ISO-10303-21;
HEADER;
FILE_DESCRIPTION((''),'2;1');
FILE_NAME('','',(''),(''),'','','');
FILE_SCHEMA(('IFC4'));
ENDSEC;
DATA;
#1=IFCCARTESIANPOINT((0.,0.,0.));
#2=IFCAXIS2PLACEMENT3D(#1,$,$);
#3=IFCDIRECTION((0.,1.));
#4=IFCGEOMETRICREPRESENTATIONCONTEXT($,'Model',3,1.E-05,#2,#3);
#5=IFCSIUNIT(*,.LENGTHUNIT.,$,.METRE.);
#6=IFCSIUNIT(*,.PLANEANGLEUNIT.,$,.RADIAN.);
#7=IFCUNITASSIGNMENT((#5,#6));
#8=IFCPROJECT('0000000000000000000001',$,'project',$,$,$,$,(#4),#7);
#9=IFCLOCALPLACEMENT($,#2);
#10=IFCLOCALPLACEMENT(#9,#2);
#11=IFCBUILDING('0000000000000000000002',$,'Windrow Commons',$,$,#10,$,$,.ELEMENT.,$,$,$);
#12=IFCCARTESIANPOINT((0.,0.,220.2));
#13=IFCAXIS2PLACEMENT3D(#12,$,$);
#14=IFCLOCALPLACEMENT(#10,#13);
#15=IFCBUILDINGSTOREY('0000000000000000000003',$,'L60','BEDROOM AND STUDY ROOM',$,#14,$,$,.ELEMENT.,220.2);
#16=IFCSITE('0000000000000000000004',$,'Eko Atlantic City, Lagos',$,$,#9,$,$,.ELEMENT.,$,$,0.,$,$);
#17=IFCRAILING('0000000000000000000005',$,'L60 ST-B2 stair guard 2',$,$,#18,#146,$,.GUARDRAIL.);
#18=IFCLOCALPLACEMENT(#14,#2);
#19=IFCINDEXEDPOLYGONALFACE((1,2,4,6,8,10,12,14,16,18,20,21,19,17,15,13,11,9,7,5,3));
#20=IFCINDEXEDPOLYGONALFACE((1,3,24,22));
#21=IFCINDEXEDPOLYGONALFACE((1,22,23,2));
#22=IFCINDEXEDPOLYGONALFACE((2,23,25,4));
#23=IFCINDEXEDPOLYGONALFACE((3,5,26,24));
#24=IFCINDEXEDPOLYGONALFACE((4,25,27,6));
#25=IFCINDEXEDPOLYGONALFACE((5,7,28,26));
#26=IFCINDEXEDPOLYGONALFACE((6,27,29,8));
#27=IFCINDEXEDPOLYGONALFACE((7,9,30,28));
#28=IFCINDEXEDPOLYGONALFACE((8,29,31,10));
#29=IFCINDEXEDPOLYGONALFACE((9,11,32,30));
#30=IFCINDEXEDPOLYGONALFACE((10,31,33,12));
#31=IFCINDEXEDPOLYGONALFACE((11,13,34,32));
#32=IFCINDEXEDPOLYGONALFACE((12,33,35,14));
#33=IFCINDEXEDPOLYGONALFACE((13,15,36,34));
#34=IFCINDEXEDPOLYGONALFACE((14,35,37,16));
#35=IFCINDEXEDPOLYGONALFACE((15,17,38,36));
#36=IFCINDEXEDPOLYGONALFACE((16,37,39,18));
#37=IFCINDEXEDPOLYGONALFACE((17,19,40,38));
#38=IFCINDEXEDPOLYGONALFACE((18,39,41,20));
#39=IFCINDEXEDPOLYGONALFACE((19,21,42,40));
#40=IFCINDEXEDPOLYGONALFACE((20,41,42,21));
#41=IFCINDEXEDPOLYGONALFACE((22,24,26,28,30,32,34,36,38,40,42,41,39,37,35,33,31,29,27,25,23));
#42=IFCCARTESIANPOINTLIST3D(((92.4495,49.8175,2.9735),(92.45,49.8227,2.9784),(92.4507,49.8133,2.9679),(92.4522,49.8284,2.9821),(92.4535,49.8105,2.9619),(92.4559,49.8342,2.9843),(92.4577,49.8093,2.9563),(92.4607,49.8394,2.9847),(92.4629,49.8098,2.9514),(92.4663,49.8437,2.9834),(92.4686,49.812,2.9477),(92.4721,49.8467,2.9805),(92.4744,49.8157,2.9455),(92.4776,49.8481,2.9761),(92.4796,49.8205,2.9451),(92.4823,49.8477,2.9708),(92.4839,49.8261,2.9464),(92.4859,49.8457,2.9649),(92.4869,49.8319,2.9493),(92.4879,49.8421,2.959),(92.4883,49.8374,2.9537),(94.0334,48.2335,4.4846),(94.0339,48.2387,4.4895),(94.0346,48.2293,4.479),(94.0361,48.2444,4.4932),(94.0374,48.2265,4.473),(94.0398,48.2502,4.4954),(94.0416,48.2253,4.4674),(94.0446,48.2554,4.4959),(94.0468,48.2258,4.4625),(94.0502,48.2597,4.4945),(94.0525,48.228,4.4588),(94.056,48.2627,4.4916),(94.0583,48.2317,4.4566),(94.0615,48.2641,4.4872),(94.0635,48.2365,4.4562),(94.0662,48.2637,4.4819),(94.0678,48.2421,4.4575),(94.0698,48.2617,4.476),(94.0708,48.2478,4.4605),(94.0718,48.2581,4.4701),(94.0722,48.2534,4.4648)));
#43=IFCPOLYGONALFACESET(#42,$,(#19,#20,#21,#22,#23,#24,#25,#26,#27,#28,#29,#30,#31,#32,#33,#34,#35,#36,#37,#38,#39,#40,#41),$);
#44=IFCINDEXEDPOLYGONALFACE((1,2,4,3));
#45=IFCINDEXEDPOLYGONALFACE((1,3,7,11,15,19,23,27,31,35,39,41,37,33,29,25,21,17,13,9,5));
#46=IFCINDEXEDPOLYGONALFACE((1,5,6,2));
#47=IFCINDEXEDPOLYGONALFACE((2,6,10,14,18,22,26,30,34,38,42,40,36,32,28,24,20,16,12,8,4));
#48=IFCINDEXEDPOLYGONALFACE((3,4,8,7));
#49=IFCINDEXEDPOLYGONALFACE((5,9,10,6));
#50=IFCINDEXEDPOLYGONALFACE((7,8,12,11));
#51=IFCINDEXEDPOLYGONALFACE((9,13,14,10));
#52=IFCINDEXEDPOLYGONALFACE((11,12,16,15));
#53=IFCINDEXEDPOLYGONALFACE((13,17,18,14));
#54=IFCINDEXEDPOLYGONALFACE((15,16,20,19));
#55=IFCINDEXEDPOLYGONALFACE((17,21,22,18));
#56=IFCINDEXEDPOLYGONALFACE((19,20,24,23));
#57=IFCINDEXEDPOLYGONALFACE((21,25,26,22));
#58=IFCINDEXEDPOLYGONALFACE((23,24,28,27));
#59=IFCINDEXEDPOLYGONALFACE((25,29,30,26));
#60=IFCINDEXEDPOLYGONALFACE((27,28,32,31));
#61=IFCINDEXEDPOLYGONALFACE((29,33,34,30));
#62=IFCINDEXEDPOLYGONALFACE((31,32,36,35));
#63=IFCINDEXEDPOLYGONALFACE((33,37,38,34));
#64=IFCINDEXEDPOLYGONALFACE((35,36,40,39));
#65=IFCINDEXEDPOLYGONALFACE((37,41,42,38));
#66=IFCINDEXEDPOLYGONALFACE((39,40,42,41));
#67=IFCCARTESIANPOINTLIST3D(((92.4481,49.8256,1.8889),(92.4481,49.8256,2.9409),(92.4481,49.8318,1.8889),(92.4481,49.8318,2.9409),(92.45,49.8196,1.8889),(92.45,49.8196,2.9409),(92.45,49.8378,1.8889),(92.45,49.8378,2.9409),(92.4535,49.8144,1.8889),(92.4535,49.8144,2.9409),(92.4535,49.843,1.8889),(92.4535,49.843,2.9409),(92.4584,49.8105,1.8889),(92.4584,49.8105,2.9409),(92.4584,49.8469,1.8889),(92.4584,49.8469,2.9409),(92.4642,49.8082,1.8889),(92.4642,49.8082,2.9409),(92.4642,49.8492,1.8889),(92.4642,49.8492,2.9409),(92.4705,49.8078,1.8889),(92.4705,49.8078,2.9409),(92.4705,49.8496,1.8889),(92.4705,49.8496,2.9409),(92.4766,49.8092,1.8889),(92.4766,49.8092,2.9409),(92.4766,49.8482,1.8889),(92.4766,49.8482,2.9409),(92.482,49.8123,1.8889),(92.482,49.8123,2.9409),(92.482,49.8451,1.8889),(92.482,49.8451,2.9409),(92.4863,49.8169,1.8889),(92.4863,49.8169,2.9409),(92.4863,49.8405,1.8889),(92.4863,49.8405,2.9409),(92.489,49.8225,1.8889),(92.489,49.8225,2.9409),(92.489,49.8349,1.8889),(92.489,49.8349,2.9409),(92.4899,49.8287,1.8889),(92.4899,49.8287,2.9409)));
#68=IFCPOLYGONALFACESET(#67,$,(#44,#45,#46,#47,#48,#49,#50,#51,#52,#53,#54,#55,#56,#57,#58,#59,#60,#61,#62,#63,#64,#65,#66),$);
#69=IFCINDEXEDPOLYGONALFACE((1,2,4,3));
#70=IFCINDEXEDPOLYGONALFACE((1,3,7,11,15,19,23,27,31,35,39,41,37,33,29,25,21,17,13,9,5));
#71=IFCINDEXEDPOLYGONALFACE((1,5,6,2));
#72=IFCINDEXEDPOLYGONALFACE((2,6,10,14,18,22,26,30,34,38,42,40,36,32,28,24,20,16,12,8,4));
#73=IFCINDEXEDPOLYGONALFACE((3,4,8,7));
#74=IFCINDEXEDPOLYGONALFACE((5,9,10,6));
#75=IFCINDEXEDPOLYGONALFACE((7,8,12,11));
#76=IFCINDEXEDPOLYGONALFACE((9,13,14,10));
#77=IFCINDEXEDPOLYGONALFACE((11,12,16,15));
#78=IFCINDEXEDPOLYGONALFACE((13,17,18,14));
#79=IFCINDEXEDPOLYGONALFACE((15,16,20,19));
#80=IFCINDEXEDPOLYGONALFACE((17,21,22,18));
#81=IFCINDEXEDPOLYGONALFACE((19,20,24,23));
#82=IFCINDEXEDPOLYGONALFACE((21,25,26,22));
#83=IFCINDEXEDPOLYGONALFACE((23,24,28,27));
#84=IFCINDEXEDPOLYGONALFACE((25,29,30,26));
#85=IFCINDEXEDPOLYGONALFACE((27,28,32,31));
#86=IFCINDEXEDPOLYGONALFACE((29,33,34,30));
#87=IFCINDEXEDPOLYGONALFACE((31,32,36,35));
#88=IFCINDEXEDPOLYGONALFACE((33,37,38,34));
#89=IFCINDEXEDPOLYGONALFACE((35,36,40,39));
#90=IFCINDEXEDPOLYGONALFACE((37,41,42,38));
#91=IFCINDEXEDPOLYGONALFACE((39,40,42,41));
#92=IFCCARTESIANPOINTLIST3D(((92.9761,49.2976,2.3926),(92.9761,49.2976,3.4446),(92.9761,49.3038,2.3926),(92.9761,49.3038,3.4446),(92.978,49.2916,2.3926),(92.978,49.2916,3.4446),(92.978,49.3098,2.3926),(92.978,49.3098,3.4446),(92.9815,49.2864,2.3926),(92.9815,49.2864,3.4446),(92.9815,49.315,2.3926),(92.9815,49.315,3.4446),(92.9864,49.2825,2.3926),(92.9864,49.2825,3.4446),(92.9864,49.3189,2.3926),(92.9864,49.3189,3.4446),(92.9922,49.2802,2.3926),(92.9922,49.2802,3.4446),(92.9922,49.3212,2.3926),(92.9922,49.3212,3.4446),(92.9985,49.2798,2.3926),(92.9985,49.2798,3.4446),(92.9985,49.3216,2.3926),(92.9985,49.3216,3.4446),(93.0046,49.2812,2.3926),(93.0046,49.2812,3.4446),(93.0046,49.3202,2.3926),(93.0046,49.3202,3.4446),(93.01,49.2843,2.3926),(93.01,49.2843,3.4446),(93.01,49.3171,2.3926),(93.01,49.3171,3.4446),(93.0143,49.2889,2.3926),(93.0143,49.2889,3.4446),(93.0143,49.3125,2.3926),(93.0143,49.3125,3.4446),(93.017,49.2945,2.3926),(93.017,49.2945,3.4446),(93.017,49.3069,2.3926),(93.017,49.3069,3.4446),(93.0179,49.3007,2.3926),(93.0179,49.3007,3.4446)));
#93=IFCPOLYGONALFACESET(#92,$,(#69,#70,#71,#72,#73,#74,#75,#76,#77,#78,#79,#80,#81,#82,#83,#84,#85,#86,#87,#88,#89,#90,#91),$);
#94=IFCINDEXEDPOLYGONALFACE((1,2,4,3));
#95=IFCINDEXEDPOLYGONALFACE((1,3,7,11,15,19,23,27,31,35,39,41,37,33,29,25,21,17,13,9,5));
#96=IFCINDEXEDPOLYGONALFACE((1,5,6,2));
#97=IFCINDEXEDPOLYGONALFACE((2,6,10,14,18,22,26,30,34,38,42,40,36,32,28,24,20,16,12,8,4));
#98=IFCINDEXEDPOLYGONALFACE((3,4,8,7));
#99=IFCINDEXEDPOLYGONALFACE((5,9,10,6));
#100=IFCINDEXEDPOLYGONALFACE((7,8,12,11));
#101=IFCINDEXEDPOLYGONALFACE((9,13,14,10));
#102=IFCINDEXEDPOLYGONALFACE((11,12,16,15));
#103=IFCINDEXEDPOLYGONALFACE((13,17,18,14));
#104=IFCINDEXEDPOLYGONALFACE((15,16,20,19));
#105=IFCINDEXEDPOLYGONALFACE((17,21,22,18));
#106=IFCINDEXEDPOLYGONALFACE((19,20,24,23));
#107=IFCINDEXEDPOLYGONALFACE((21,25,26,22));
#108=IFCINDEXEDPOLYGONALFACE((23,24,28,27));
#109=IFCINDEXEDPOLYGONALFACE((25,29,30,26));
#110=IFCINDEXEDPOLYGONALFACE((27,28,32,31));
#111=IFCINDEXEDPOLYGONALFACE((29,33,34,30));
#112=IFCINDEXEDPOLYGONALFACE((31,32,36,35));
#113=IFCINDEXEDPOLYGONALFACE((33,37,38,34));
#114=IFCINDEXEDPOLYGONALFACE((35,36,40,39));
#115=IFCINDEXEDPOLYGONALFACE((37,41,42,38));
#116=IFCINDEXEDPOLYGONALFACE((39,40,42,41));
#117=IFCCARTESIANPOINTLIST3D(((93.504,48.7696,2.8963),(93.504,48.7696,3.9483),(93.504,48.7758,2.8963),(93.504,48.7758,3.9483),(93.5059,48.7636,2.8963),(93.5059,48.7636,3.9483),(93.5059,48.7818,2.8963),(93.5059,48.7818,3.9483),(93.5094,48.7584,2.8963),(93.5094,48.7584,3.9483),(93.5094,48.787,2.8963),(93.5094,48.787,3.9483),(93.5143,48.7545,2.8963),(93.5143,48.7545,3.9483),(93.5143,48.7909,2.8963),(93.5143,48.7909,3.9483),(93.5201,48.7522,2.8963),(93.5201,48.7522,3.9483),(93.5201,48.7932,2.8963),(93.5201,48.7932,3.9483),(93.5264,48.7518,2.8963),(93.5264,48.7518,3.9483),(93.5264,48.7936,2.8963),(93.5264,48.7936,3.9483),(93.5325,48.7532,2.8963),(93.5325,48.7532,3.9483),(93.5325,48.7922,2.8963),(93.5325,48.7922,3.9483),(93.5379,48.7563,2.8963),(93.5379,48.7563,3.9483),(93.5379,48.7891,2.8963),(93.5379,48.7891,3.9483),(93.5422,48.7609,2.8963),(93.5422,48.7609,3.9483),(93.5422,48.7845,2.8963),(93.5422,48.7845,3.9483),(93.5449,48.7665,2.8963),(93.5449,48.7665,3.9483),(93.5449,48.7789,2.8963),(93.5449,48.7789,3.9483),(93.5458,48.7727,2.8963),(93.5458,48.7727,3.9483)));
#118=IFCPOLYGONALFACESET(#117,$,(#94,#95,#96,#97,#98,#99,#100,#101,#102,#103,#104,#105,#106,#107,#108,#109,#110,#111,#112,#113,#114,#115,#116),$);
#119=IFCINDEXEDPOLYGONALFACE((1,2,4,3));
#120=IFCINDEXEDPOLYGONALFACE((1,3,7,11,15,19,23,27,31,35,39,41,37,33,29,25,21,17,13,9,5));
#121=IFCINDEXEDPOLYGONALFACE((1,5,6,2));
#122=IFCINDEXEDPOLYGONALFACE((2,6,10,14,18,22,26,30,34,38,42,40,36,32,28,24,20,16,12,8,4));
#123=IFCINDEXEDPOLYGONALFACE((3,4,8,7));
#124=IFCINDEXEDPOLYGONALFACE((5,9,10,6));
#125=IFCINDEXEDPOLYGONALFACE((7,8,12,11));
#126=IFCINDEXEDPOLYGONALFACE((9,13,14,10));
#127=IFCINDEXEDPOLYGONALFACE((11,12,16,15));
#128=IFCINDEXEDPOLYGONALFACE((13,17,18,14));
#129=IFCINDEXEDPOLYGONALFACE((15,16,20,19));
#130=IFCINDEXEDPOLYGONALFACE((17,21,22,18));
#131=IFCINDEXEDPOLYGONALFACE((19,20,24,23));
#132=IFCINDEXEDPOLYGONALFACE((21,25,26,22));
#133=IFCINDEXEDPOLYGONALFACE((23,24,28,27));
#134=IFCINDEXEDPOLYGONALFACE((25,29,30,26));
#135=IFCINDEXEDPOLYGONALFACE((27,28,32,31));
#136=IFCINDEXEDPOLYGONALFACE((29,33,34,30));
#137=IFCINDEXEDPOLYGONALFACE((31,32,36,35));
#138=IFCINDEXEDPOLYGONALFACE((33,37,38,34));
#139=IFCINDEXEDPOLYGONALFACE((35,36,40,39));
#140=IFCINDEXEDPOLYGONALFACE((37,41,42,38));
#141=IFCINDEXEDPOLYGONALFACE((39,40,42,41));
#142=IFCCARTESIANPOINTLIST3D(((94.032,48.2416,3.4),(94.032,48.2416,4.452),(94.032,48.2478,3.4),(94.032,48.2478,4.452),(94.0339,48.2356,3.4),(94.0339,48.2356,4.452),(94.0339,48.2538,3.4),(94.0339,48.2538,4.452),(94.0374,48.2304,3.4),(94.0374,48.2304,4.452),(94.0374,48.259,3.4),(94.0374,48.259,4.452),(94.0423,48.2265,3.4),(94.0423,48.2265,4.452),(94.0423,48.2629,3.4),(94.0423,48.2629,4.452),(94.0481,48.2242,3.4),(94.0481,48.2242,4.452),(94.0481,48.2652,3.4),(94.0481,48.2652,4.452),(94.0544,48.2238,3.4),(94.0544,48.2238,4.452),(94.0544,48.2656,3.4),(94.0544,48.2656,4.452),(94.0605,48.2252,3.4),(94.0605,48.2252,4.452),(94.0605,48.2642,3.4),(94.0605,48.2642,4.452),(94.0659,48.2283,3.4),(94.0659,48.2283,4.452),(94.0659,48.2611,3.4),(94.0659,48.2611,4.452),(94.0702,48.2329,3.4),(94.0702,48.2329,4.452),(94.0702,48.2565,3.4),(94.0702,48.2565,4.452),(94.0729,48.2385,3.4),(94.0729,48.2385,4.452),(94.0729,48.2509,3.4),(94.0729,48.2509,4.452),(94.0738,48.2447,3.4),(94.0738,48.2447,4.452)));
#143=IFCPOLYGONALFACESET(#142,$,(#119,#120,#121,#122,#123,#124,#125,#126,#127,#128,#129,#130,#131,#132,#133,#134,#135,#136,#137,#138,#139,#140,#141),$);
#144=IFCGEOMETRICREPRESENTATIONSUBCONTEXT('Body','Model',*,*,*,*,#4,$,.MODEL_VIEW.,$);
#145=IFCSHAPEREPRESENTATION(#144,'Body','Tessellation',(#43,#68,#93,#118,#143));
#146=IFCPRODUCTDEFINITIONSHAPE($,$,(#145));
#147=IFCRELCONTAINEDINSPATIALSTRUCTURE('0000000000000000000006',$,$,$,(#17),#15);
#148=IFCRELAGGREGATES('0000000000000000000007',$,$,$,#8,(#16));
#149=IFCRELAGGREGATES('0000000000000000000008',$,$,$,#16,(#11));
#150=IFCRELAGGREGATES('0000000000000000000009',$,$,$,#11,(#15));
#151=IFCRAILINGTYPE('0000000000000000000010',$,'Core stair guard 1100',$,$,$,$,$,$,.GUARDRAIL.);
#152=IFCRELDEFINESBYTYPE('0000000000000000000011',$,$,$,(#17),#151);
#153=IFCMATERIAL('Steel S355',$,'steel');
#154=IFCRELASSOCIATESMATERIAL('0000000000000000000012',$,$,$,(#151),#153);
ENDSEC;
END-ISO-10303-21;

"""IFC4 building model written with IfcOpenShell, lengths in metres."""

from ifc_helpers import new_model, si_unit, direction, frame, origin, origin_2d, place, context, subcontext, project, spatial, circle, extrude, material, type_object, element, save


model = new_model("IFC4")

# Units and contexts
model_context = context("Model", 3, precision=1e-05, world=origin(), true_north=direction((0.0, 1.0)))
body_context = subcontext(model_context, "Body", "Model", "MODEL_VIEW")
ifc_project = project(units=[si_unit("LENGTHUNIT", "METRE"), si_unit("PLANEANGLEUNIT", "RADIAN")], contexts=[model_context])

# Site, building, storey
site_placement = place(None, origin())
site = spatial("IfcSite", under=ifc_project, at=site_placement, Name="Eko Atlantic City, Lagos", CompositionType="ELEMENT", RefElevation=0.0)
building_placement = place(site_placement, origin())
building = spatial("IfcBuilding", under=site, at=building_placement, Name="Windrow Commons", CompositionType="ELEMENT")
storey_placement = place(building_placement, frame((0.0, 0.0, 220.2)))
storey = spatial("IfcBuildingStorey", under=building, at=storey_placement, Name="L60", Description="BEDROOM AND STUDY ROOM", CompositionType="ELEMENT", Elevation=220.2)

# Railing
ifc_material_1 = material(Name="Steel S355", Category="steel")
railing_type_1 = type_object("IfcRailingType", Name="Core stair guard 1100", PredefinedType="GUARDRAIL", material=ifc_material_1)
railing_1_placement = place(storey_placement, frame((92.4689, 49.8287, 1.8889)))
element("IfcRailing", 1, at=railing_1_placement, inside=storey, type_object=railing_type_1, Name="L60 ST-B2 stair guard 2", PredefinedType="GUARDRAIL", context=body_context, shape_type="SweptSolid", body=[
    extrude(circle(Radius=0.024, at=origin_2d()), frame((0.0, 0.0, 1.076), z_axis=(0.586179, -0.586216, 0.559237), x_axis=(0.707129, 0.707084, 0.0)), (0.0, 0.0, 1.0), 2.7021),
    extrude(circle(Radius=0.021, at=origin_2d()), origin(), (0.0, 0.0, 1.0), 1.052),
    extrude(circle(Radius=0.021, at=origin_2d()), frame((0.528, -0.528, 0.5037)), (0.0, 0.0, 1.0), 1.052),
    extrude(circle(Radius=0.021, at=origin_2d()), frame((1.0559, -1.056, 1.0074)), (0.0, 0.0, 1.0), 1.052),
    extrude(circle(Radius=0.021, at=origin_2d()), frame((1.5839, -1.584, 1.5111)), (0.0, 0.0, 1.0), 1.052),
])

save(model, "model.ifc")
